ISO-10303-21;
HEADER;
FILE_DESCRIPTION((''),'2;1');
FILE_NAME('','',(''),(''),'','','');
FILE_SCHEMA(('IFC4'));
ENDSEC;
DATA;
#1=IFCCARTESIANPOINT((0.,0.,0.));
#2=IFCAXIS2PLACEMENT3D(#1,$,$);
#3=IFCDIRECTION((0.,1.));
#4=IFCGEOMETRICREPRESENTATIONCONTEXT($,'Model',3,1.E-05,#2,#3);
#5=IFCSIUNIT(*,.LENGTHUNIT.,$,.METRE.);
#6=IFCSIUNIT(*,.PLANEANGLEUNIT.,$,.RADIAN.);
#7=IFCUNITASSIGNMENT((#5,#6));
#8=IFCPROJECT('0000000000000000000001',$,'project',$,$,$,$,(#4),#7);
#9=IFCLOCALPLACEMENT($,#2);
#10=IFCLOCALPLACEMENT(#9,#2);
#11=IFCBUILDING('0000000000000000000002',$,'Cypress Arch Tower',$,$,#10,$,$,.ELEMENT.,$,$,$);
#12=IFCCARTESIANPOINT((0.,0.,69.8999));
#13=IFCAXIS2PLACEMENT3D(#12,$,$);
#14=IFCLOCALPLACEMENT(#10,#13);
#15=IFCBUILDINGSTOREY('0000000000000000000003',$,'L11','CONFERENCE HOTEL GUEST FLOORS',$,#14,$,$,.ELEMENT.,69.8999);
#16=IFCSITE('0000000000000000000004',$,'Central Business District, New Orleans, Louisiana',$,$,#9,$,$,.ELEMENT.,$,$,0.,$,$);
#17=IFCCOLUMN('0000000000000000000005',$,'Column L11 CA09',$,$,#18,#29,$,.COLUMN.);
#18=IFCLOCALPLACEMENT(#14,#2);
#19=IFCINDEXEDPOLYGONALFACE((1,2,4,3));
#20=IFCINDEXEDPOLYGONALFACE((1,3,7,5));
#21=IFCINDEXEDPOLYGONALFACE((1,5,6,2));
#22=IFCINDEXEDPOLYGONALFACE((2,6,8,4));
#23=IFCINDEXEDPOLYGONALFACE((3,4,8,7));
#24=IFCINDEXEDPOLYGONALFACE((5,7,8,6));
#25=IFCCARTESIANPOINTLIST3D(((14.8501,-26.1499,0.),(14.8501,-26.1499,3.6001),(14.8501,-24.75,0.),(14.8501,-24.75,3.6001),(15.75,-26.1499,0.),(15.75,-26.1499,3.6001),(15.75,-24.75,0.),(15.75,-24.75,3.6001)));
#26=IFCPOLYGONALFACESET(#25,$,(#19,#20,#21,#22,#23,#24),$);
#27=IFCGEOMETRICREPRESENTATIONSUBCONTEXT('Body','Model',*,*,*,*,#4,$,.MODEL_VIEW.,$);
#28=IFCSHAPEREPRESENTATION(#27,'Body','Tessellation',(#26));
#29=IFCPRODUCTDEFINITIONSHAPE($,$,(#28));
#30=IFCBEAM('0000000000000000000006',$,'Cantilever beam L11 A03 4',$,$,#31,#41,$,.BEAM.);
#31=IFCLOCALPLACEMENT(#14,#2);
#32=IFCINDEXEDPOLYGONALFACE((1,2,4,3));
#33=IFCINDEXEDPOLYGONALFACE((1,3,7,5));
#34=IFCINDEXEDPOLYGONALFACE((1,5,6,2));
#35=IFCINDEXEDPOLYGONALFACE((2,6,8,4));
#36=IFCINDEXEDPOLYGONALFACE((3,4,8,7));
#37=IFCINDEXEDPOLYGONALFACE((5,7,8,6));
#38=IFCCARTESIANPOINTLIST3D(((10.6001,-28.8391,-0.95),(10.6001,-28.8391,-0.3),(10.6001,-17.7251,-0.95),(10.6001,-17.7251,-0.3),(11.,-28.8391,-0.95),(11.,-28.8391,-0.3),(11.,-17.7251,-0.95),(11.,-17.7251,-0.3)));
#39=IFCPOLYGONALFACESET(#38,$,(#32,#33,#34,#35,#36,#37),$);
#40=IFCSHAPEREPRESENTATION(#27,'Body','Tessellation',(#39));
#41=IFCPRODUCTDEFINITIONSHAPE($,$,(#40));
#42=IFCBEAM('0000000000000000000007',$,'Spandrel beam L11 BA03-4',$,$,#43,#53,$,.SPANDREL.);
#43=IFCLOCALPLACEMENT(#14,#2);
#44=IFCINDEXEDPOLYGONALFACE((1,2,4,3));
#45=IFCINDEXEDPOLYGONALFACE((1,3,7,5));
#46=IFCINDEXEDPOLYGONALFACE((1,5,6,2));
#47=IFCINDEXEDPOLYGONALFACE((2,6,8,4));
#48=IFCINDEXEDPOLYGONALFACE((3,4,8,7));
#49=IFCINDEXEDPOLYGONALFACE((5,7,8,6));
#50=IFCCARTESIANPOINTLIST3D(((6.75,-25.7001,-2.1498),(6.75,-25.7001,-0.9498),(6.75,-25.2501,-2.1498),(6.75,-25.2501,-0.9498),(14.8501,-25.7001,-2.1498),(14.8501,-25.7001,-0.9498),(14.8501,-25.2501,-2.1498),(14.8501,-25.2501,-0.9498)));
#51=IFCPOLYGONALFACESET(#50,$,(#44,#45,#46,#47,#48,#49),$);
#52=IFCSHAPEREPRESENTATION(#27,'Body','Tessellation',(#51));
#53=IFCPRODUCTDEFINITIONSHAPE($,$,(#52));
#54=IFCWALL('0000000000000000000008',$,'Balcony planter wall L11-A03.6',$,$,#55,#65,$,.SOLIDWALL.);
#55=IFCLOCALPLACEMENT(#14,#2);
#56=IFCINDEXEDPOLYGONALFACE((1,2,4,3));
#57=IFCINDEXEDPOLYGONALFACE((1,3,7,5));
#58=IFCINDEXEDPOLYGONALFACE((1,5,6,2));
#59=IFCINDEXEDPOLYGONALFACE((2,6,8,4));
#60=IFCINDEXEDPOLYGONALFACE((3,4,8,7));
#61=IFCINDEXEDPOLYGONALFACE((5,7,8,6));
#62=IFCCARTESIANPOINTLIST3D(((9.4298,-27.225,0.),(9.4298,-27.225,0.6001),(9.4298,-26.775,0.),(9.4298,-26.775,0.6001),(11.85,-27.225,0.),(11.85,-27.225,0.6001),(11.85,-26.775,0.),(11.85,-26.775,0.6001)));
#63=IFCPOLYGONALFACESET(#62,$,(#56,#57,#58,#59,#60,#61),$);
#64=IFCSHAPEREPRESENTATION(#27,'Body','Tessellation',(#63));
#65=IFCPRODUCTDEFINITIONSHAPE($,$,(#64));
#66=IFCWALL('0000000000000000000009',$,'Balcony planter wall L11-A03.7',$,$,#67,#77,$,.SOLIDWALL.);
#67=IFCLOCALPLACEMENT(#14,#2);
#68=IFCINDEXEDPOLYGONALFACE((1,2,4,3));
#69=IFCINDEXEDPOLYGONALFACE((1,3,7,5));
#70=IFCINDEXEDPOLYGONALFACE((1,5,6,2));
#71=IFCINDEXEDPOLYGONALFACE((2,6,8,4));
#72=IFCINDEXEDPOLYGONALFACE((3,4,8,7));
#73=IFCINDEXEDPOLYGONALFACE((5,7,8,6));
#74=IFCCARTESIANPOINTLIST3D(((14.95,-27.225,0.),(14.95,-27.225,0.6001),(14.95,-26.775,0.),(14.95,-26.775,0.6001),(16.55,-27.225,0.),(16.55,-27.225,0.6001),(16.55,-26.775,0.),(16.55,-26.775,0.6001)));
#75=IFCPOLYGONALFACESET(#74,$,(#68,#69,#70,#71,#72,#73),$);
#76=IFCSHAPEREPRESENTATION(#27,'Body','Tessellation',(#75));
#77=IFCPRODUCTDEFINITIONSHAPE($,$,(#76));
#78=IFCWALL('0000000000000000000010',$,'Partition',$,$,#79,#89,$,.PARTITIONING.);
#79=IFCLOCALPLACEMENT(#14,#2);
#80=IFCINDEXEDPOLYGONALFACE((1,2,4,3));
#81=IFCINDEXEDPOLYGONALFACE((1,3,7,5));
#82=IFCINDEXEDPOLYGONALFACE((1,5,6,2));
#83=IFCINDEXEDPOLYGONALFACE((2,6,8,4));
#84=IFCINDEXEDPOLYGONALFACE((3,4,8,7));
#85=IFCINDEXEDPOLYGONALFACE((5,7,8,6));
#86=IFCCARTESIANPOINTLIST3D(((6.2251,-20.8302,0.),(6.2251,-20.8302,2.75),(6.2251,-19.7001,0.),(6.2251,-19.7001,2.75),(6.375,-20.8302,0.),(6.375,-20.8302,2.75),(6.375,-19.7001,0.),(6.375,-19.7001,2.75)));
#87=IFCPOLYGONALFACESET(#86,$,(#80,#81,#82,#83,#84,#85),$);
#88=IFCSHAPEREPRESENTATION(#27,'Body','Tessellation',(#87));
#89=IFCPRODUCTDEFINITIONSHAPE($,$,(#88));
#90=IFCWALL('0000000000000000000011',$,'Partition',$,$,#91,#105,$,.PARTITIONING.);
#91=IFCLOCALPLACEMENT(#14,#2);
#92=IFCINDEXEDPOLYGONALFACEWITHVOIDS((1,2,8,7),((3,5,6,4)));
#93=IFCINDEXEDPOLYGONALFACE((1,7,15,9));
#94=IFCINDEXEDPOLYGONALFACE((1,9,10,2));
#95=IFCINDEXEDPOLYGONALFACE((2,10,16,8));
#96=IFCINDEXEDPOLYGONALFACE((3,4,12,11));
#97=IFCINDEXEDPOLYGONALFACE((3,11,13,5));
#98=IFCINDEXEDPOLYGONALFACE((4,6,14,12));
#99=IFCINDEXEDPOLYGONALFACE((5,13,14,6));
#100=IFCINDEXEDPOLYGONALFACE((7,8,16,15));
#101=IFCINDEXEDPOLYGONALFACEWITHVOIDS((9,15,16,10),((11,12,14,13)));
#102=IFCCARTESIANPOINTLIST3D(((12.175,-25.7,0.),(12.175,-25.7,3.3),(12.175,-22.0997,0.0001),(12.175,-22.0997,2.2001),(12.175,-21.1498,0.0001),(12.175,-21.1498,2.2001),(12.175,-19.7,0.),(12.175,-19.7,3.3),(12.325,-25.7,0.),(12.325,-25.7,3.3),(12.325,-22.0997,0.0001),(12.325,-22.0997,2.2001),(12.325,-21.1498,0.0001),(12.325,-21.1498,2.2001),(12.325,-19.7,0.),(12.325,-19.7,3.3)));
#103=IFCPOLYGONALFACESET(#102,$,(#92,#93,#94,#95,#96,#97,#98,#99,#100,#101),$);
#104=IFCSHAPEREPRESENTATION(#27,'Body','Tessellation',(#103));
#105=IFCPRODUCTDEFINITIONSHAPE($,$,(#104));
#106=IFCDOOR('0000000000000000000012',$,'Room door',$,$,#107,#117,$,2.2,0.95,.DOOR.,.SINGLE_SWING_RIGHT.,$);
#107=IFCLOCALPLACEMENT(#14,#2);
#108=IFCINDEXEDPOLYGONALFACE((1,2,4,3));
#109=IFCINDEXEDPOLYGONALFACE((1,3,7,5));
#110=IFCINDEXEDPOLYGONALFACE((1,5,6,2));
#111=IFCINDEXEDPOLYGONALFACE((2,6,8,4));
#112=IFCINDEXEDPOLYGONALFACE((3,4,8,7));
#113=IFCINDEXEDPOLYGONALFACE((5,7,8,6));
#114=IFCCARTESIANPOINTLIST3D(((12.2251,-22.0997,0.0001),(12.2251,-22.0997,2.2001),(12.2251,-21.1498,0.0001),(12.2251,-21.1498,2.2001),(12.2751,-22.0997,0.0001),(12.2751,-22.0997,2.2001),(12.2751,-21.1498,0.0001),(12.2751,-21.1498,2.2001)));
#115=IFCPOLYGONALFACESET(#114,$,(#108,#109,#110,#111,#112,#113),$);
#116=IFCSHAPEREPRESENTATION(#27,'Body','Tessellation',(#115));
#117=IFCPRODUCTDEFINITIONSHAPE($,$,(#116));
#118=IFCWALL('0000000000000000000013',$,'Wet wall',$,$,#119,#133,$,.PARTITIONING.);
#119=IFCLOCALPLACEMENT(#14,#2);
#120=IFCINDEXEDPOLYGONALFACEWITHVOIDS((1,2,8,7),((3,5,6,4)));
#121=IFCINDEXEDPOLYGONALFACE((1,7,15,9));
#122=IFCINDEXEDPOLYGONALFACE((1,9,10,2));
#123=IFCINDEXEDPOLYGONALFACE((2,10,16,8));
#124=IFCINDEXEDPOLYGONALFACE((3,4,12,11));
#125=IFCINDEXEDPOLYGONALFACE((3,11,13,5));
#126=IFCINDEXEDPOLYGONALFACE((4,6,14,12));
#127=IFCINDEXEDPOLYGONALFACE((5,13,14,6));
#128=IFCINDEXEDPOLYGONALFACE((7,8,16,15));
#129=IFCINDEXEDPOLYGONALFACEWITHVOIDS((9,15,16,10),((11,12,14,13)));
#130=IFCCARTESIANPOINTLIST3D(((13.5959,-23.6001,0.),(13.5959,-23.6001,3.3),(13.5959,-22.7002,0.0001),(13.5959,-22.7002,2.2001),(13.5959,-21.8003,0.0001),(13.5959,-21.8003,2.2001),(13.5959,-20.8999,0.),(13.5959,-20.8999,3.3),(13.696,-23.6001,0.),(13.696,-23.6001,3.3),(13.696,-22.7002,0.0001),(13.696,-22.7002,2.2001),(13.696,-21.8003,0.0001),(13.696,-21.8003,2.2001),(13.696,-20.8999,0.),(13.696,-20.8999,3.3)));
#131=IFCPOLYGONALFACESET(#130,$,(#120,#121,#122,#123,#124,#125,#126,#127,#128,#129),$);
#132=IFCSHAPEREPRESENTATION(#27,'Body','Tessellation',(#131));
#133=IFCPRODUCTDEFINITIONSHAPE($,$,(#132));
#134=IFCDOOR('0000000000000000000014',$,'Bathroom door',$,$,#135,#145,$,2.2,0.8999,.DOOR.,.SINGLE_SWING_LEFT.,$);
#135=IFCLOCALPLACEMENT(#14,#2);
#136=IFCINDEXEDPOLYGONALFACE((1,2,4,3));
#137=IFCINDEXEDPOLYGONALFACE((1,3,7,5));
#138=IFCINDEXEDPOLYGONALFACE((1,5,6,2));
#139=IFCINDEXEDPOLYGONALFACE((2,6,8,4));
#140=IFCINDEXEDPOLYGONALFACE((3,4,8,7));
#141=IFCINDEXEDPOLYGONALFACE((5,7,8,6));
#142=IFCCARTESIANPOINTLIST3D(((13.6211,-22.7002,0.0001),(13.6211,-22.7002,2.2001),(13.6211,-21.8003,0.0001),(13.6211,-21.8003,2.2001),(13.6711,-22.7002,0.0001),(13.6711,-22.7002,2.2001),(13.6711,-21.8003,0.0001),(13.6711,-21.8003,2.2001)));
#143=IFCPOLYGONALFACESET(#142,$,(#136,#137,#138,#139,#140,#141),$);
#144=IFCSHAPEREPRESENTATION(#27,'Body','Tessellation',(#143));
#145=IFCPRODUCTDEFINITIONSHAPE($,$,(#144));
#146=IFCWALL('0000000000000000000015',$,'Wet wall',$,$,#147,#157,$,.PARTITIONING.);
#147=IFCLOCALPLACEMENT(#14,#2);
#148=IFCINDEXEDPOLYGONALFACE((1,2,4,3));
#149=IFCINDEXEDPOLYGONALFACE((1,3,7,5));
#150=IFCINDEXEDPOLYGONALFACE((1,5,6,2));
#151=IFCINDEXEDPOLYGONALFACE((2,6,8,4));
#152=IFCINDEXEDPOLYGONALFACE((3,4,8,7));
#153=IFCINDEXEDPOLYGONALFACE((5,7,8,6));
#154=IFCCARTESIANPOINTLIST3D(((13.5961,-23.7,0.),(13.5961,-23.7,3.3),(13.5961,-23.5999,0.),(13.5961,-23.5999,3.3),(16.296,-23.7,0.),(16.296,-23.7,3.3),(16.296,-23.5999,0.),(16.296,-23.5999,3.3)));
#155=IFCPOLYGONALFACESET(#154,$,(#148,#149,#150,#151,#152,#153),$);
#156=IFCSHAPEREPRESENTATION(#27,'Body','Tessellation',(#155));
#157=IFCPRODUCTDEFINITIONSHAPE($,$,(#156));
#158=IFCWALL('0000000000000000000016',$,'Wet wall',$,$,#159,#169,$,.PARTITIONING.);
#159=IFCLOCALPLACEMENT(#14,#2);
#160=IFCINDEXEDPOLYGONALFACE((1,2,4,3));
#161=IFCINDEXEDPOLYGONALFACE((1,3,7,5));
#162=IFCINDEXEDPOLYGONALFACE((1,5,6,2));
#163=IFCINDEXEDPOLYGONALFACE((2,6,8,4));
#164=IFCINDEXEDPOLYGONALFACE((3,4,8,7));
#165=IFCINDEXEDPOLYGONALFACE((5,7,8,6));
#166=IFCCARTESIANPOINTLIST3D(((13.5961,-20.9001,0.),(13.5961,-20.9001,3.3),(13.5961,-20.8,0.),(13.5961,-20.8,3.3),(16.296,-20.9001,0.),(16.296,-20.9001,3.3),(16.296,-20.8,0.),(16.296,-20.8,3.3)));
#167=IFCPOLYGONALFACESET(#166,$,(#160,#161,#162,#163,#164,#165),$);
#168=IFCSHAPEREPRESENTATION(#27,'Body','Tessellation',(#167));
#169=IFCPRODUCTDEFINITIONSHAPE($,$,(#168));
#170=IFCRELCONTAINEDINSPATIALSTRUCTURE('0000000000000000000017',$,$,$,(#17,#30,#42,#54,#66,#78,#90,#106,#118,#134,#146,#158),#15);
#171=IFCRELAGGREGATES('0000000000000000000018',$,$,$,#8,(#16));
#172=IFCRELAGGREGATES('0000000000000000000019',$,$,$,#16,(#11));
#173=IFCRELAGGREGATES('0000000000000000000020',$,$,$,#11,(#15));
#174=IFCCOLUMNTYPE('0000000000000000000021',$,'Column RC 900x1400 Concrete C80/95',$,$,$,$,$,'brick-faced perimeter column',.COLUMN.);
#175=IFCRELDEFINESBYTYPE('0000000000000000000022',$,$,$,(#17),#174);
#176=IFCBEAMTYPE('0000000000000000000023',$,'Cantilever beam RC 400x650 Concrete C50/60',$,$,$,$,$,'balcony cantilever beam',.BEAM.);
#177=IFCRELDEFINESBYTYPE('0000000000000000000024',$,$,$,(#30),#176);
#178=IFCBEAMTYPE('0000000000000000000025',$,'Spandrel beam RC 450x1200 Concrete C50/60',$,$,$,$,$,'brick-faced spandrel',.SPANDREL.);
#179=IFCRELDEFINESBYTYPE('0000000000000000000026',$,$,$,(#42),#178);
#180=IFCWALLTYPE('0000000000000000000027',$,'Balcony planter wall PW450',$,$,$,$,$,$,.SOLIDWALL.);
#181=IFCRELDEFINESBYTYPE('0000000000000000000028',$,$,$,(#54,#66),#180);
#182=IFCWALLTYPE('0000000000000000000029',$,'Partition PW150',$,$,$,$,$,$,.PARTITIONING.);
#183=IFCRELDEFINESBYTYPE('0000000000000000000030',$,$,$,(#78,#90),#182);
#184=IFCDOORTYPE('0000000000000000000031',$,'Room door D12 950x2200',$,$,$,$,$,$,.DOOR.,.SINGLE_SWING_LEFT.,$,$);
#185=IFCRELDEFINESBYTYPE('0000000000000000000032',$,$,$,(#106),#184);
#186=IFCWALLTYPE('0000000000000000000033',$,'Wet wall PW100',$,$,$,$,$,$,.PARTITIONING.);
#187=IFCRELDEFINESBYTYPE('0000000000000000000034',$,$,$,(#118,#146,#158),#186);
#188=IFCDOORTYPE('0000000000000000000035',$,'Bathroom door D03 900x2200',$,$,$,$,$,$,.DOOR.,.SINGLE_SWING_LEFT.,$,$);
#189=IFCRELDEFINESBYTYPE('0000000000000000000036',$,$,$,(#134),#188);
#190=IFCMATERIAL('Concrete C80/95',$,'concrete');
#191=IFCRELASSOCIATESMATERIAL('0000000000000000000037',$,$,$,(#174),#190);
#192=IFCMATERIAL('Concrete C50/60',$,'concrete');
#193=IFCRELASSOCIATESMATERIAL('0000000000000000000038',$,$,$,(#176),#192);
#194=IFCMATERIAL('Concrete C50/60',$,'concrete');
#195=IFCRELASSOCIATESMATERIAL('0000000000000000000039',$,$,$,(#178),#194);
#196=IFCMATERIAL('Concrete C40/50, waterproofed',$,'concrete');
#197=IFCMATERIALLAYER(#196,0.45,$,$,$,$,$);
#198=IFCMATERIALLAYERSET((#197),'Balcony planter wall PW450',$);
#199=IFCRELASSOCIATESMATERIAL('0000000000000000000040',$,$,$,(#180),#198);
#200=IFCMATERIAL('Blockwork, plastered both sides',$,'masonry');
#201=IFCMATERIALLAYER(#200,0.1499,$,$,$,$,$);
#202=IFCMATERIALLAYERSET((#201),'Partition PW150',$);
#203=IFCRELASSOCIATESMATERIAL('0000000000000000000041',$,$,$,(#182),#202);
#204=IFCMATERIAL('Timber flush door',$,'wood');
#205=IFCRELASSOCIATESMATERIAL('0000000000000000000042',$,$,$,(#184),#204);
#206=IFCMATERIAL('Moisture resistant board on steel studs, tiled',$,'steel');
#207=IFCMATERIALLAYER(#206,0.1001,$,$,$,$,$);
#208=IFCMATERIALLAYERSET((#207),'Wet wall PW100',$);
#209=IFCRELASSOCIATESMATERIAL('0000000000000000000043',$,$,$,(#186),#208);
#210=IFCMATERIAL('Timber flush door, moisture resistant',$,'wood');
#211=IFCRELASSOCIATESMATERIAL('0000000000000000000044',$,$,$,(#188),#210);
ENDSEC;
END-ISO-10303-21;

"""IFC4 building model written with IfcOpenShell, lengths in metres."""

from ifc_helpers import new_model, si_unit, direction, frame, frame_2d, origin, origin_2d, place, context, subcontext, project, spatial, rectangle, extrude, material, layer, layer_set, material_profile, profile_set, type_object, element, fill, save


model = new_model("IFC4")

# Units and contexts
model_context = context("Model", 3, precision=1e-05, world=origin(), true_north=direction((0.0, 1.0)))
body_context = subcontext(model_context, "Body", "Model", "MODEL_VIEW")
ifc_project = project(units=[si_unit("LENGTHUNIT", "METRE"), si_unit("PLANEANGLEUNIT", "RADIAN")], contexts=[model_context])

# Site, building, storey
site_placement = place(None, origin())
site = spatial("IfcSite", under=ifc_project, at=site_placement, Name="Central Business District, New Orleans, Louisiana", CompositionType="ELEMENT", RefElevation=0.0)
building_placement = place(site_placement, origin())
building = spatial("IfcBuilding", under=site, at=building_placement, Name="Cypress Arch Tower", CompositionType="ELEMENT")
storey_placement = place(building_placement, frame((0.0, 0.0, 69.8999)))
storey = spatial("IfcBuildingStorey", under=building, at=storey_placement, Name="L11", Description="CONFERENCE HOTEL GUEST FLOORS", CompositionType="ELEMENT", Elevation=69.8999)

# Column
ifc_material_1 = material(Name="Concrete C80/95", Category="concrete")
ifc_material_profile_1 = material_profile(ifc_material_1, rectangle(XDim=0.8999, YDim=1.3999, at=origin_2d()), Name="RC 900x1400")
ifc_profile_set_1 = profile_set([ifc_material_profile_1], Name="Concrete C80/95")
column_type = type_object("IfcColumnType", Name="Column RC 900x1400 Concrete C80/95", ElementType="brick-faced perimeter column", PredefinedType="COLUMN", material=ifc_profile_set_1)
column_placement = place(storey_placement, frame((15.3, -25.45, 0.0), z_axis=(0.0, 0.0, 1.0), x_axis=(1.0, 0.0, 0.0)))
element("IfcColumn", 1, at=column_placement, inside=storey, type_object=column_type, Name="Column L11 CA09", PredefinedType="COLUMN", context=body_context, shape_type="SweptSolid", body=[
    extrude(rectangle(XDim=0.8999, YDim=1.3999, at=origin_2d()), origin(), (0.0, 0.0, 1.0), 3.6001),
])

# Beams
ifc_material_2 = material(Name="Concrete C50/60", Category="concrete")
ifc_material_profile_2 = material_profile(ifc_material_2, rectangle(XDim=0.3999, YDim=0.6499, at=origin_2d()), Name="RC 400x650")
ifc_profile_set_2 = profile_set([ifc_material_profile_2], Name="Concrete C50/60")
beam_type_1 = type_object("IfcBeamType", Name="Cantilever beam RC 400x650 Concrete C50/60", ElementType="balcony cantilever beam", PredefinedType="BEAM", material=ifc_profile_set_2)
beam_1_placement = place(storey_placement, frame((10.8, -17.7251, -0.625), z_axis=(0.0, -1.0, 0.0), x_axis=(1.0, 0.0, 0.0)))
element("IfcBeam", 2, at=beam_1_placement, inside=storey, type_object=beam_type_1, Name="Cantilever beam L11 A03 4", PredefinedType="BEAM", context=body_context, shape_type="SweptSolid", body=[
    extrude(rectangle(XDim=0.3999, YDim=0.6499, at=origin_2d()), origin(), (0.0, 0.0, 1.0), 11.114),
])
ifc_material_3 = material(Name="Concrete C50/60", Category="concrete")
ifc_material_profile_3 = material_profile(ifc_material_3, rectangle(XDim=0.45, YDim=1.2, at=origin_2d()), Name="RC 450x1200")
ifc_profile_set_3 = profile_set([ifc_material_profile_3], Name="Concrete C50/60")
beam_type_2 = type_object("IfcBeamType", Name="Spandrel beam RC 450x1200 Concrete C50/60", ElementType="brick-faced spandrel", PredefinedType="SPANDREL", material=ifc_profile_set_3)
beam_2_placement = place(storey_placement, frame((6.75, -25.4751, -1.5498), z_axis=(1.0, 0.0, 0.0), x_axis=(0.0, 1.0, 0.0)))
element("IfcBeam", 3, at=beam_2_placement, inside=storey, type_object=beam_type_2, Name="Spandrel beam L11 BA03-4", PredefinedType="SPANDREL", context=body_context, shape_type="SweptSolid", body=[
    extrude(rectangle(XDim=0.45, YDim=1.2, at=origin_2d()), origin(), (0.0, 0.0, 1.0), 8.1001),
])

# Walls
ifc_material_4 = material(Name="Concrete C40/50, waterproofed", Category="concrete")
ifc_layer_1 = layer(ifc_material_4, 0.45)
ifc_layer_set_1 = layer_set([ifc_layer_1], Name="Balcony planter wall PW450")
wall_type_1 = type_object("IfcWallType", Name="Balcony planter wall PW450", PredefinedType="SOLIDWALL", material=ifc_layer_set_1)
wall_1_placement = place(storey_placement, frame((9.4299, -27.0, 0.0), z_axis=(0.0, 0.0, 1.0), x_axis=(1.0, 0.0, 0.0)))
element("IfcWall", 4, at=wall_1_placement, inside=storey, type_object=wall_type_1, Name="Balcony planter wall L11-A03.6", PredefinedType="SOLIDWALL", context=body_context, shape_type="SweptSolid", body=[
    extrude(rectangle(XDim=2.4202, YDim=0.45, at=frame_2d((1.21, 0.0))), origin(), (0.0, 0.0, 1.0), 0.6001),
])
wall_2_placement = place(storey_placement, frame((14.95, -27.0, 0.0), z_axis=(0.0, 0.0, 1.0), x_axis=(1.0, 0.0, 0.0)))
element("IfcWall", 5, at=wall_2_placement, inside=storey, type_object=wall_type_1, Name="Balcony planter wall L11-A03.7", PredefinedType="SOLIDWALL", context=body_context, shape_type="SweptSolid", body=[
    extrude(rectangle(XDim=1.6001, YDim=0.45, at=frame_2d((0.8, 0.0))), origin(), (0.0, 0.0, 1.0), 0.6001),
])

# Wall
ifc_material_5 = material(Name="Blockwork, plastered both sides", Category="masonry")
ifc_layer_2 = layer(ifc_material_5, 0.1499)
ifc_layer_set_2 = layer_set([ifc_layer_2], Name="Partition PW150")
wall_type_2 = type_object("IfcWallType", Name="Partition PW150", PredefinedType="PARTITIONING", material=ifc_layer_set_2)
wall_3_placement = place(storey_placement, frame((6.3, -20.8301, 0.0), z_axis=(0.0, 0.0, 1.0), x_axis=(0.0, 1.0, 0.0)))
element("IfcWall", 6, at=wall_3_placement, inside=storey, type_object=wall_type_2, Name="Partition", PredefinedType="PARTITIONING", context=body_context, shape_type="SweptSolid", body=[
    extrude(rectangle(XDim=1.1301, YDim=0.1499, at=frame_2d((0.5649, 0.0))), origin(), (0.0, 0.0, 1.0), 2.75),
])

# Walls, openings, doors
wall_4_placement = place(storey_placement, frame((12.25, -25.7, 0.0), z_axis=(0.0, 0.0, 1.0), x_axis=(0.0, 1.0, 0.0)))
wall_4 = element("IfcWall", 7, at=wall_4_placement, inside=storey, type_object=wall_type_2, Name="Partition", PredefinedType="PARTITIONING", context=body_context, shape_type="SweptSolid", body=[
    extrude(rectangle(XDim=6.0, YDim=0.1499, at=frame_2d((3.0, 0.0))), origin(), (0.0, 0.0, 1.0), 3.3),
])
opening_1_placement = place(wall_4_placement, frame((3.6001, 0.0, 0.0)))
opening_1 = element("IfcOpeningElement", 8, at=opening_1_placement, cuts=wall_4, PredefinedType="OPENING", context=body_context, shape_type="SweptSolid", body=[
    extrude(rectangle(XDim=0.95, YDim=2.2, at=frame_2d((0.4751, 1.1001))), frame((0.0, 0.085, 0.0), z_axis=(0.0, -1.0, 0.0), x_axis=(1.0, 0.0, 0.0)), (0.0, 0.0, 1.0), 0.1699),
])
ifc_material_6 = material(Name="Timber flush door", Category="wood")
door_type_1 = type_object("IfcDoorType", Name="Room door D12 950x2200", OperationType="SINGLE_SWING_LEFT", PredefinedType="DOOR", material=ifc_material_6)
door_1_placement = place(opening_1_placement, origin())
door_1 = element("IfcDoor", 9, at=door_1_placement, inside=storey, type_object=door_type_1, Name="Room door", OperationType="SINGLE_SWING_RIGHT", OverallHeight=2.2, OverallWidth=0.95, PredefinedType="DOOR", context=body_context, shape_type="SweptSolid", body=[
    extrude(rectangle(XDim=0.95, YDim=2.2, at=frame_2d((0.4751, 1.1001))), frame((0.0, 0.0249, 0.0), z_axis=(0.0, -1.0, 0.0), x_axis=(1.0, 0.0, 0.0)), (0.0, 0.0, 1.0), 0.05),
])
fill(opening_1, door_1)
ifc_material_7 = material(Name="Moisture resistant board on steel studs, tiled", Category="steel")
ifc_layer_3 = layer(ifc_material_7, 0.1001)
ifc_layer_set_3 = layer_set([ifc_layer_3], Name="Wet wall PW100")
wall_type_3 = type_object("IfcWallType", Name="Wet wall PW100", PredefinedType="PARTITIONING", material=ifc_layer_set_3)
wall_5_placement = place(storey_placement, frame((13.646, -23.6001, 0.0), z_axis=(0.0, 0.0, 1.0), x_axis=(0.0, 1.0, 0.0)))
wall_5 = element("IfcWall", 10, at=wall_5_placement, inside=storey, type_object=wall_type_3, Name="Wet wall", PredefinedType="PARTITIONING", context=body_context, shape_type="SweptSolid", body=[
    extrude(rectangle(XDim=2.7002, YDim=0.1001, at=frame_2d((1.3501, 0.0))), origin(), (0.0, 0.0, 1.0), 3.3),
])
opening_2_placement = place(wall_5_placement, frame((0.8999, 0.0, 0.0)))
opening_2 = element("IfcOpeningElement", 11, at=opening_2_placement, cuts=wall_5, PredefinedType="OPENING", context=body_context, shape_type="SweptSolid", body=[
    extrude(rectangle(XDim=0.8999, YDim=2.2, at=frame_2d((0.45, 1.1001))), frame((0.0, 0.0601, 0.0), z_axis=(0.0, -1.0, 0.0), x_axis=(1.0, 0.0, 0.0)), (0.0, 0.0, 1.0), 0.1201),
])
ifc_material_8 = material(Name="Timber flush door, moisture resistant", Category="wood")
door_type_2 = type_object("IfcDoorType", Name="Bathroom door D03 900x2200", OperationType="SINGLE_SWING_LEFT", PredefinedType="DOOR", material=ifc_material_8)
door_2_placement = place(opening_2_placement, origin())
door_2 = element("IfcDoor", 12, at=door_2_placement, inside=storey, type_object=door_type_2, Name="Bathroom door", OperationType="SINGLE_SWING_LEFT", OverallHeight=2.2, OverallWidth=0.8999, PredefinedType="DOOR", context=body_context, shape_type="SweptSolid", body=[
    extrude(rectangle(XDim=0.8999, YDim=2.2, at=frame_2d((0.45, 1.1001))), frame((0.0, 0.0249, 0.0), z_axis=(0.0, -1.0, 0.0), x_axis=(1.0, 0.0, 0.0)), (0.0, 0.0, 1.0), 0.05),
])
fill(opening_2, door_2)

# Walls
for number, where, z_axis, x_axis, name in (
    (13, (13.5959, -23.6499, 0.0), (0.0, 0.0, 1.0), (1.0, 0.0, 0.0), "Wet wall"),
    (14, (13.5959, -20.8501, 0.0), (0.0, 0.0, 1.0), (1.0, 0.0, 0.0), "Wet wall"),
):
    element("IfcWall", number, at=place(storey_placement, frame(where, z_axis=z_axis, x_axis=x_axis)), inside=storey, type_object=wall_type_3, Name=name, PredefinedType="PARTITIONING", context=body_context, shape_type="SweptSolid", body=[
        extrude(rectangle(XDim=2.7, YDim=0.1001, at=frame_2d((1.3501, 0.0))), origin(), (0.0, 0.0, 1.0), 3.3),
    ])

save(model, "model.ifc")
